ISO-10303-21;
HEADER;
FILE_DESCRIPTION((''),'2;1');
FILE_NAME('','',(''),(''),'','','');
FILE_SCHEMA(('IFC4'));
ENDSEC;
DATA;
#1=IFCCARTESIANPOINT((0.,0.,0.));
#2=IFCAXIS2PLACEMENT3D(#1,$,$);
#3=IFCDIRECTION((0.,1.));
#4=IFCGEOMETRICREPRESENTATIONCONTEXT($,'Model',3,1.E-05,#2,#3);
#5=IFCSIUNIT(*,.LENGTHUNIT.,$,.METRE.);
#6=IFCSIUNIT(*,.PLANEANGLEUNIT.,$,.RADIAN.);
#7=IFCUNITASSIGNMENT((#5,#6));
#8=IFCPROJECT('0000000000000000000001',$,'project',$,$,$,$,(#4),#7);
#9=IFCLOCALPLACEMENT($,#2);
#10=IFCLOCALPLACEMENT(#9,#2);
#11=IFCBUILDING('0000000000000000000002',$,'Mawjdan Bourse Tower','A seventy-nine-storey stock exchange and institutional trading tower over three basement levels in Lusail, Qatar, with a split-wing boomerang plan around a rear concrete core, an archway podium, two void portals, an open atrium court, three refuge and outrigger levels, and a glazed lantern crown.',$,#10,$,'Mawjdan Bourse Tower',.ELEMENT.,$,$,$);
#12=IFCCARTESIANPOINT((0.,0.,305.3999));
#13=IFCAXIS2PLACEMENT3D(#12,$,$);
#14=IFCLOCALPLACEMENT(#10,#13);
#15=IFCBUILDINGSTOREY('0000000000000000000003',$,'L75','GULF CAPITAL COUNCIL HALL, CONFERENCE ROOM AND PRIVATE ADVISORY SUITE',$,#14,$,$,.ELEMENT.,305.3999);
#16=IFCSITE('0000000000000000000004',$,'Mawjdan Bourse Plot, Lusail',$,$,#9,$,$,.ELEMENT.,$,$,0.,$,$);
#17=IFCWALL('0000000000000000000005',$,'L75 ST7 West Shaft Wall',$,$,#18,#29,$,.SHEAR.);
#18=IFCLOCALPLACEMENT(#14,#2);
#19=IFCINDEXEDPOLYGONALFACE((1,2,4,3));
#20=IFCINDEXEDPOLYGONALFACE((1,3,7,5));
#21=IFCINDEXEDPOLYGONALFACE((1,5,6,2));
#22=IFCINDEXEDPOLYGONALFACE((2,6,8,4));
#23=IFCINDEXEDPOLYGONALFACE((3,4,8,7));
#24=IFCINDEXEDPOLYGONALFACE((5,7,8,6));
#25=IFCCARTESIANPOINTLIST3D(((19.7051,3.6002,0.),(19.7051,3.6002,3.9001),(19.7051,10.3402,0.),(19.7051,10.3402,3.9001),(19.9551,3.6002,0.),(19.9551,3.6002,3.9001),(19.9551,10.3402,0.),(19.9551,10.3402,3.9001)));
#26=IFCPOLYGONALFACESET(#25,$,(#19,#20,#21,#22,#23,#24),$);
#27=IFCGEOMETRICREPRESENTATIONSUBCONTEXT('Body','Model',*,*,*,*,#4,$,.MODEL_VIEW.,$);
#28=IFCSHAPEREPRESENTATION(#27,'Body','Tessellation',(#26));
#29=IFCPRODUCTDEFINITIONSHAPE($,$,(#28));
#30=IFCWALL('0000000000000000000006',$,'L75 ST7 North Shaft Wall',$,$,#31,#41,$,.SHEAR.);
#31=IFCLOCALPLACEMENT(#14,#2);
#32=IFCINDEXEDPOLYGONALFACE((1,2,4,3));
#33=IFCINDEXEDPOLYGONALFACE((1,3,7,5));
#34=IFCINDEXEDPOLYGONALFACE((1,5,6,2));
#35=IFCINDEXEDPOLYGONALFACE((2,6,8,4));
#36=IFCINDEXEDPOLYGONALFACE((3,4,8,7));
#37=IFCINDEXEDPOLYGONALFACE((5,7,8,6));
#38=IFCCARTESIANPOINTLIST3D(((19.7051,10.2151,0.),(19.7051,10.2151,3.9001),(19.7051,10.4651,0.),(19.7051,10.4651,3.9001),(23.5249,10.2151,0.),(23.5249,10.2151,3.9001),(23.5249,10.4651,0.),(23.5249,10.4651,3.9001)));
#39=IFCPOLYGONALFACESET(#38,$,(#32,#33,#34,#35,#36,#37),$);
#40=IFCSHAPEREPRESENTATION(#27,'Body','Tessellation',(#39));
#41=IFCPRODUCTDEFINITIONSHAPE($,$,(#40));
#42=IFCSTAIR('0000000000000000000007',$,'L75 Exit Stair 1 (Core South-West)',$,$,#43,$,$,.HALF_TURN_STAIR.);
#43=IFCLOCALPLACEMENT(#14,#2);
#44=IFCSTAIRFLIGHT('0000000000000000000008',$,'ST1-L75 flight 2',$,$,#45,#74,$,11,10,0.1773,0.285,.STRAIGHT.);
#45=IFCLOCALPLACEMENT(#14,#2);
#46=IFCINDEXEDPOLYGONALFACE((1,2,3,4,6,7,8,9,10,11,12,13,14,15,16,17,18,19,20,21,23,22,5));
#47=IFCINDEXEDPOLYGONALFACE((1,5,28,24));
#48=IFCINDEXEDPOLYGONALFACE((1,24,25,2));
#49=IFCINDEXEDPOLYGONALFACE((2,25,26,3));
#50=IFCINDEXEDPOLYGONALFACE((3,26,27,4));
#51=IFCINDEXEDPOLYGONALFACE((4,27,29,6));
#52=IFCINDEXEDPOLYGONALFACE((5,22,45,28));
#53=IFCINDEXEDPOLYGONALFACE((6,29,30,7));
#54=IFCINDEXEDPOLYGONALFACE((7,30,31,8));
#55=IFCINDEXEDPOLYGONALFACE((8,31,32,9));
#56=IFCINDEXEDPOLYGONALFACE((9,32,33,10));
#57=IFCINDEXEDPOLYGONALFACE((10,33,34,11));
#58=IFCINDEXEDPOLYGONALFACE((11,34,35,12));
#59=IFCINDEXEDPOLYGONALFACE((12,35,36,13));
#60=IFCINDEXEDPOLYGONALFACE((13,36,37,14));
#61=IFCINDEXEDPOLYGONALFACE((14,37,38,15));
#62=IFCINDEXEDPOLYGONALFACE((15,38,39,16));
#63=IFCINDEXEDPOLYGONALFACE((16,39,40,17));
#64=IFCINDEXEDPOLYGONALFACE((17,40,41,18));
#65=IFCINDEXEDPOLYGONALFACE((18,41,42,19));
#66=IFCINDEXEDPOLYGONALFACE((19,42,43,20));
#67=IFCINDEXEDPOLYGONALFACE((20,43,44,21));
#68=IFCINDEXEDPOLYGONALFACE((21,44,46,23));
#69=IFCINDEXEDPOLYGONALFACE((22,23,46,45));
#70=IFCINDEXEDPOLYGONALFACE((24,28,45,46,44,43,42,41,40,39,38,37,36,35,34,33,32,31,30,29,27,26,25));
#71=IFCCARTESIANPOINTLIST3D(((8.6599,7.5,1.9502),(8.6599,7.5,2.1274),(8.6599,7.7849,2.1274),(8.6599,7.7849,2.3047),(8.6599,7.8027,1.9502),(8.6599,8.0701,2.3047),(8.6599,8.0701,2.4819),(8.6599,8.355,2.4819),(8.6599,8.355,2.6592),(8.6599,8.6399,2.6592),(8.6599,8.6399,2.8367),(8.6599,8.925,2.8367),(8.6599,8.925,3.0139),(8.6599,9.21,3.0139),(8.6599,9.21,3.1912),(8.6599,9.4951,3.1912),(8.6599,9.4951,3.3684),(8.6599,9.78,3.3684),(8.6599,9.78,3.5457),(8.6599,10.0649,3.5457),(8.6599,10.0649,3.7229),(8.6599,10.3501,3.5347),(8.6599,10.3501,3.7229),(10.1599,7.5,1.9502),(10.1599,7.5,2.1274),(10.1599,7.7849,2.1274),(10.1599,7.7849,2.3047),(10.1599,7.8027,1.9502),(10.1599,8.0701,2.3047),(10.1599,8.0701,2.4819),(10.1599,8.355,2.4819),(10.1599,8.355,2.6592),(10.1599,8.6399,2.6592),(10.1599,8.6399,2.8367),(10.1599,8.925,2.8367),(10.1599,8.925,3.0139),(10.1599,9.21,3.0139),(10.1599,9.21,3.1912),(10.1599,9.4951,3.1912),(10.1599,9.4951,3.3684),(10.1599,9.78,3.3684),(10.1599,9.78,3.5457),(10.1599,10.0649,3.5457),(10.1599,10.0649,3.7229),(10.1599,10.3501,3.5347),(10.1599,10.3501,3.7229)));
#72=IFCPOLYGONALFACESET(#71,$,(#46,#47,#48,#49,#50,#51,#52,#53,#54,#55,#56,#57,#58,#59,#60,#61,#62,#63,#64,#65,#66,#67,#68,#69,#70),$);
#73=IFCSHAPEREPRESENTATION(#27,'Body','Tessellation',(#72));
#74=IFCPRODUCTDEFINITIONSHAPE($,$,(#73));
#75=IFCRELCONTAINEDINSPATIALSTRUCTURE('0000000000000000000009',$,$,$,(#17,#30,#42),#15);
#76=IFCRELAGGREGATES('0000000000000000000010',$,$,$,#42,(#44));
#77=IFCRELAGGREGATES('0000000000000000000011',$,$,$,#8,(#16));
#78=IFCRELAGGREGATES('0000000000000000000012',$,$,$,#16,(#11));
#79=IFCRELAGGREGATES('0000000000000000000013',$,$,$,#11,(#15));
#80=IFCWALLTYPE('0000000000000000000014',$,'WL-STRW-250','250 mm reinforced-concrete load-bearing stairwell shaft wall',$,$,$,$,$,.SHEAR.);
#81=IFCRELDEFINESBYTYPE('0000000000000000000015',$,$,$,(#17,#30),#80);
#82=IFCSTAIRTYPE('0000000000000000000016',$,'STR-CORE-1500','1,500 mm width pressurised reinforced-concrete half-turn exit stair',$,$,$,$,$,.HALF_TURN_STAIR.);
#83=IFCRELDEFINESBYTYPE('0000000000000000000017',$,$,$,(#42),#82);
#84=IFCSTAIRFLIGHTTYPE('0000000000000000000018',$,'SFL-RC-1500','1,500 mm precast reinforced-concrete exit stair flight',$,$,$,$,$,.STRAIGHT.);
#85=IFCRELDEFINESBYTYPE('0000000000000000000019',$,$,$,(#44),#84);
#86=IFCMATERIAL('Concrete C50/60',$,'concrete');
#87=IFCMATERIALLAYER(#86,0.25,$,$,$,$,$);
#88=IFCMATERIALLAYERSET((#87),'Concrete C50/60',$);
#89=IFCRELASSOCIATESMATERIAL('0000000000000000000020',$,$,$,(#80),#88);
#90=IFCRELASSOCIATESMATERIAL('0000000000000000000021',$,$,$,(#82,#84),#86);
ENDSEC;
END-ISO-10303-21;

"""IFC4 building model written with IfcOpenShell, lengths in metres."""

from ifc_helpers import new_model, si_unit, direction, frame, frame_2d, origin, place, context, subcontext, project, spatial, polyline, rectangle, outline, extrude, material, layer, layer_set, type_object, element, aggregate, save


model = new_model("IFC4")

# Units and contexts
model_context = context("Model", 3, precision=1e-05, world=origin(), true_north=direction((0.0, 1.0)))
body_context = subcontext(model_context, "Body", "Model", "MODEL_VIEW")
ifc_project = project(units=[si_unit("LENGTHUNIT", "METRE"), si_unit("PLANEANGLEUNIT", "RADIAN")], contexts=[model_context])

# Site, building, storey
site_placement = place(None, origin())
site = spatial("IfcSite", under=ifc_project, at=site_placement, Name="Mawjdan Bourse Plot, Lusail", CompositionType="ELEMENT", RefElevation=0.0)
building_placement = place(site_placement, origin())
building = spatial("IfcBuilding", under=site, at=building_placement, Name="Mawjdan Bourse Tower", Description="A seventy-nine-storey stock exchange and institutional trading tower over three basement levels in Lusail, Qatar, with a split-wing boomerang plan around a rear concrete core, an archway podium, two void portals, an open atrium court, three refuge and outrigger levels, and a glazed lantern crown.", LongName="Mawjdan Bourse Tower", CompositionType="ELEMENT")
storey_placement = place(building_placement, frame((0.0, 0.0, 305.3999)))
storey = spatial("IfcBuildingStorey", under=building, at=storey_placement, Name="L75", Description="GULF CAPITAL COUNCIL HALL, CONFERENCE ROOM AND PRIVATE ADVISORY SUITE", CompositionType="ELEMENT", Elevation=305.3999)

# Shared definitions
ifc_material_1 = material(Name="Concrete C50/60", Category="concrete")

# Shared definitions
ifc_layer_1 = layer(ifc_material_1, 0.25)
ifc_layer_set_1 = layer_set([ifc_layer_1], Name="Concrete C50/60")
wall_type_1 = type_object("IfcWallType", Name="WL-STRW-250", Description="250 mm reinforced-concrete load-bearing stairwell shaft wall", PredefinedType="SHEAR", material=ifc_layer_set_1)

# Walls
wall_1_placement = place(storey_placement, frame((19.8301, 3.6001, 0.0), z_axis=(0.0, 0.0, 1.0), x_axis=(0.0, 1.0, 0.0)))
element("IfcWall", 1, at=wall_1_placement, inside=storey, type_object=wall_type_1, Name="L75 ST7 West Shaft Wall", PredefinedType="SHEAR", context=body_context, shape_type="SweptSolid", body=[
    extrude(rectangle(XDim=6.74, YDim=0.25, at=frame_2d((3.3701, 0.0))), origin(), (0.0, 0.0, 1.0), 3.9001),
])
wall_2_placement = place(storey_placement, frame((19.7051, 10.3401, 0.0), z_axis=(0.0, 0.0, 1.0), x_axis=(1.0, 0.0, 0.0)))
element("IfcWall", 2, at=wall_2_placement, inside=storey, type_object=wall_type_1, Name="L75 ST7 North Shaft Wall", PredefinedType="SHEAR", context=body_context, shape_type="SweptSolid", body=[
    extrude(rectangle(XDim=3.8198, YDim=0.25, at=frame_2d((1.9099, 0.0))), origin(), (0.0, 0.0, 1.0), 3.9001),
])

# Stair, stair flight
stair_type = type_object("IfcStairType", Name="STR-CORE-1500", Description="1,500 mm width pressurised reinforced-concrete half-turn exit stair", PredefinedType="HALF_TURN_STAIR", material=ifc_material_1)
stair_placement = place(storey_placement, origin())
stair = element("IfcStair", 3, at=stair_placement, inside=storey, type_object=stair_type, Name="L75 Exit Stair 1 (Core South-West)", PredefinedType="HALF_TURN_STAIR")
stair_flight_type = type_object("IfcStairFlightType", Name="SFL-RC-1500", Description="1,500 mm precast reinforced-concrete exit stair flight", PredefinedType="STRAIGHT", material=ifc_material_1)
stair_flight_placement = place(storey_placement, frame((9.4099, 7.5, 1.9502), z_axis=(0.0, 0.0, 1.0), x_axis=(0.0, 1.0, 0.0)))
stair_flight = element("IfcStairFlight", 4, at=stair_flight_placement, type_object=stair_flight_type, Name="ST1-L75 flight 2", NumberOfRisers=11, NumberOfTreads=10, PredefinedType="STRAIGHT", RiserHeight=0.1773, TreadLength=0.285, context=body_context, shape_type="SweptSolid", body=[
    extrude(outline(polyline([(0.0, 0.0), (0.0, 0.1772), (0.2849, 0.1772), (0.2849, 0.3545), (0.5701, 0.3545), (0.5701, 0.5317), (0.855, 0.5317), (0.855, 0.709), (1.1399, 0.709), (1.1399, 0.8865), (1.425, 0.8865), (1.425, 1.0637), (1.71, 1.0637), (1.71, 1.241), (1.9951, 1.241), (1.9951, 1.4182), (2.28, 1.4182), (2.28, 1.5955), (2.5649, 1.5955), (2.5649, 1.7727), (2.8501, 1.7727), (2.8501, 1.95), (2.8501, 1.5845), (0.3027, 0.0), (0.0, 0.0)])), frame((0.0, 0.75, 0.0), z_axis=(0.0, -1.0, 0.0), x_axis=(1.0, 0.0, 0.0)), (0.0, 0.0, 1.0), 1.5),
])
aggregate(stair, [stair_flight])

save(model, "model.ifc")
